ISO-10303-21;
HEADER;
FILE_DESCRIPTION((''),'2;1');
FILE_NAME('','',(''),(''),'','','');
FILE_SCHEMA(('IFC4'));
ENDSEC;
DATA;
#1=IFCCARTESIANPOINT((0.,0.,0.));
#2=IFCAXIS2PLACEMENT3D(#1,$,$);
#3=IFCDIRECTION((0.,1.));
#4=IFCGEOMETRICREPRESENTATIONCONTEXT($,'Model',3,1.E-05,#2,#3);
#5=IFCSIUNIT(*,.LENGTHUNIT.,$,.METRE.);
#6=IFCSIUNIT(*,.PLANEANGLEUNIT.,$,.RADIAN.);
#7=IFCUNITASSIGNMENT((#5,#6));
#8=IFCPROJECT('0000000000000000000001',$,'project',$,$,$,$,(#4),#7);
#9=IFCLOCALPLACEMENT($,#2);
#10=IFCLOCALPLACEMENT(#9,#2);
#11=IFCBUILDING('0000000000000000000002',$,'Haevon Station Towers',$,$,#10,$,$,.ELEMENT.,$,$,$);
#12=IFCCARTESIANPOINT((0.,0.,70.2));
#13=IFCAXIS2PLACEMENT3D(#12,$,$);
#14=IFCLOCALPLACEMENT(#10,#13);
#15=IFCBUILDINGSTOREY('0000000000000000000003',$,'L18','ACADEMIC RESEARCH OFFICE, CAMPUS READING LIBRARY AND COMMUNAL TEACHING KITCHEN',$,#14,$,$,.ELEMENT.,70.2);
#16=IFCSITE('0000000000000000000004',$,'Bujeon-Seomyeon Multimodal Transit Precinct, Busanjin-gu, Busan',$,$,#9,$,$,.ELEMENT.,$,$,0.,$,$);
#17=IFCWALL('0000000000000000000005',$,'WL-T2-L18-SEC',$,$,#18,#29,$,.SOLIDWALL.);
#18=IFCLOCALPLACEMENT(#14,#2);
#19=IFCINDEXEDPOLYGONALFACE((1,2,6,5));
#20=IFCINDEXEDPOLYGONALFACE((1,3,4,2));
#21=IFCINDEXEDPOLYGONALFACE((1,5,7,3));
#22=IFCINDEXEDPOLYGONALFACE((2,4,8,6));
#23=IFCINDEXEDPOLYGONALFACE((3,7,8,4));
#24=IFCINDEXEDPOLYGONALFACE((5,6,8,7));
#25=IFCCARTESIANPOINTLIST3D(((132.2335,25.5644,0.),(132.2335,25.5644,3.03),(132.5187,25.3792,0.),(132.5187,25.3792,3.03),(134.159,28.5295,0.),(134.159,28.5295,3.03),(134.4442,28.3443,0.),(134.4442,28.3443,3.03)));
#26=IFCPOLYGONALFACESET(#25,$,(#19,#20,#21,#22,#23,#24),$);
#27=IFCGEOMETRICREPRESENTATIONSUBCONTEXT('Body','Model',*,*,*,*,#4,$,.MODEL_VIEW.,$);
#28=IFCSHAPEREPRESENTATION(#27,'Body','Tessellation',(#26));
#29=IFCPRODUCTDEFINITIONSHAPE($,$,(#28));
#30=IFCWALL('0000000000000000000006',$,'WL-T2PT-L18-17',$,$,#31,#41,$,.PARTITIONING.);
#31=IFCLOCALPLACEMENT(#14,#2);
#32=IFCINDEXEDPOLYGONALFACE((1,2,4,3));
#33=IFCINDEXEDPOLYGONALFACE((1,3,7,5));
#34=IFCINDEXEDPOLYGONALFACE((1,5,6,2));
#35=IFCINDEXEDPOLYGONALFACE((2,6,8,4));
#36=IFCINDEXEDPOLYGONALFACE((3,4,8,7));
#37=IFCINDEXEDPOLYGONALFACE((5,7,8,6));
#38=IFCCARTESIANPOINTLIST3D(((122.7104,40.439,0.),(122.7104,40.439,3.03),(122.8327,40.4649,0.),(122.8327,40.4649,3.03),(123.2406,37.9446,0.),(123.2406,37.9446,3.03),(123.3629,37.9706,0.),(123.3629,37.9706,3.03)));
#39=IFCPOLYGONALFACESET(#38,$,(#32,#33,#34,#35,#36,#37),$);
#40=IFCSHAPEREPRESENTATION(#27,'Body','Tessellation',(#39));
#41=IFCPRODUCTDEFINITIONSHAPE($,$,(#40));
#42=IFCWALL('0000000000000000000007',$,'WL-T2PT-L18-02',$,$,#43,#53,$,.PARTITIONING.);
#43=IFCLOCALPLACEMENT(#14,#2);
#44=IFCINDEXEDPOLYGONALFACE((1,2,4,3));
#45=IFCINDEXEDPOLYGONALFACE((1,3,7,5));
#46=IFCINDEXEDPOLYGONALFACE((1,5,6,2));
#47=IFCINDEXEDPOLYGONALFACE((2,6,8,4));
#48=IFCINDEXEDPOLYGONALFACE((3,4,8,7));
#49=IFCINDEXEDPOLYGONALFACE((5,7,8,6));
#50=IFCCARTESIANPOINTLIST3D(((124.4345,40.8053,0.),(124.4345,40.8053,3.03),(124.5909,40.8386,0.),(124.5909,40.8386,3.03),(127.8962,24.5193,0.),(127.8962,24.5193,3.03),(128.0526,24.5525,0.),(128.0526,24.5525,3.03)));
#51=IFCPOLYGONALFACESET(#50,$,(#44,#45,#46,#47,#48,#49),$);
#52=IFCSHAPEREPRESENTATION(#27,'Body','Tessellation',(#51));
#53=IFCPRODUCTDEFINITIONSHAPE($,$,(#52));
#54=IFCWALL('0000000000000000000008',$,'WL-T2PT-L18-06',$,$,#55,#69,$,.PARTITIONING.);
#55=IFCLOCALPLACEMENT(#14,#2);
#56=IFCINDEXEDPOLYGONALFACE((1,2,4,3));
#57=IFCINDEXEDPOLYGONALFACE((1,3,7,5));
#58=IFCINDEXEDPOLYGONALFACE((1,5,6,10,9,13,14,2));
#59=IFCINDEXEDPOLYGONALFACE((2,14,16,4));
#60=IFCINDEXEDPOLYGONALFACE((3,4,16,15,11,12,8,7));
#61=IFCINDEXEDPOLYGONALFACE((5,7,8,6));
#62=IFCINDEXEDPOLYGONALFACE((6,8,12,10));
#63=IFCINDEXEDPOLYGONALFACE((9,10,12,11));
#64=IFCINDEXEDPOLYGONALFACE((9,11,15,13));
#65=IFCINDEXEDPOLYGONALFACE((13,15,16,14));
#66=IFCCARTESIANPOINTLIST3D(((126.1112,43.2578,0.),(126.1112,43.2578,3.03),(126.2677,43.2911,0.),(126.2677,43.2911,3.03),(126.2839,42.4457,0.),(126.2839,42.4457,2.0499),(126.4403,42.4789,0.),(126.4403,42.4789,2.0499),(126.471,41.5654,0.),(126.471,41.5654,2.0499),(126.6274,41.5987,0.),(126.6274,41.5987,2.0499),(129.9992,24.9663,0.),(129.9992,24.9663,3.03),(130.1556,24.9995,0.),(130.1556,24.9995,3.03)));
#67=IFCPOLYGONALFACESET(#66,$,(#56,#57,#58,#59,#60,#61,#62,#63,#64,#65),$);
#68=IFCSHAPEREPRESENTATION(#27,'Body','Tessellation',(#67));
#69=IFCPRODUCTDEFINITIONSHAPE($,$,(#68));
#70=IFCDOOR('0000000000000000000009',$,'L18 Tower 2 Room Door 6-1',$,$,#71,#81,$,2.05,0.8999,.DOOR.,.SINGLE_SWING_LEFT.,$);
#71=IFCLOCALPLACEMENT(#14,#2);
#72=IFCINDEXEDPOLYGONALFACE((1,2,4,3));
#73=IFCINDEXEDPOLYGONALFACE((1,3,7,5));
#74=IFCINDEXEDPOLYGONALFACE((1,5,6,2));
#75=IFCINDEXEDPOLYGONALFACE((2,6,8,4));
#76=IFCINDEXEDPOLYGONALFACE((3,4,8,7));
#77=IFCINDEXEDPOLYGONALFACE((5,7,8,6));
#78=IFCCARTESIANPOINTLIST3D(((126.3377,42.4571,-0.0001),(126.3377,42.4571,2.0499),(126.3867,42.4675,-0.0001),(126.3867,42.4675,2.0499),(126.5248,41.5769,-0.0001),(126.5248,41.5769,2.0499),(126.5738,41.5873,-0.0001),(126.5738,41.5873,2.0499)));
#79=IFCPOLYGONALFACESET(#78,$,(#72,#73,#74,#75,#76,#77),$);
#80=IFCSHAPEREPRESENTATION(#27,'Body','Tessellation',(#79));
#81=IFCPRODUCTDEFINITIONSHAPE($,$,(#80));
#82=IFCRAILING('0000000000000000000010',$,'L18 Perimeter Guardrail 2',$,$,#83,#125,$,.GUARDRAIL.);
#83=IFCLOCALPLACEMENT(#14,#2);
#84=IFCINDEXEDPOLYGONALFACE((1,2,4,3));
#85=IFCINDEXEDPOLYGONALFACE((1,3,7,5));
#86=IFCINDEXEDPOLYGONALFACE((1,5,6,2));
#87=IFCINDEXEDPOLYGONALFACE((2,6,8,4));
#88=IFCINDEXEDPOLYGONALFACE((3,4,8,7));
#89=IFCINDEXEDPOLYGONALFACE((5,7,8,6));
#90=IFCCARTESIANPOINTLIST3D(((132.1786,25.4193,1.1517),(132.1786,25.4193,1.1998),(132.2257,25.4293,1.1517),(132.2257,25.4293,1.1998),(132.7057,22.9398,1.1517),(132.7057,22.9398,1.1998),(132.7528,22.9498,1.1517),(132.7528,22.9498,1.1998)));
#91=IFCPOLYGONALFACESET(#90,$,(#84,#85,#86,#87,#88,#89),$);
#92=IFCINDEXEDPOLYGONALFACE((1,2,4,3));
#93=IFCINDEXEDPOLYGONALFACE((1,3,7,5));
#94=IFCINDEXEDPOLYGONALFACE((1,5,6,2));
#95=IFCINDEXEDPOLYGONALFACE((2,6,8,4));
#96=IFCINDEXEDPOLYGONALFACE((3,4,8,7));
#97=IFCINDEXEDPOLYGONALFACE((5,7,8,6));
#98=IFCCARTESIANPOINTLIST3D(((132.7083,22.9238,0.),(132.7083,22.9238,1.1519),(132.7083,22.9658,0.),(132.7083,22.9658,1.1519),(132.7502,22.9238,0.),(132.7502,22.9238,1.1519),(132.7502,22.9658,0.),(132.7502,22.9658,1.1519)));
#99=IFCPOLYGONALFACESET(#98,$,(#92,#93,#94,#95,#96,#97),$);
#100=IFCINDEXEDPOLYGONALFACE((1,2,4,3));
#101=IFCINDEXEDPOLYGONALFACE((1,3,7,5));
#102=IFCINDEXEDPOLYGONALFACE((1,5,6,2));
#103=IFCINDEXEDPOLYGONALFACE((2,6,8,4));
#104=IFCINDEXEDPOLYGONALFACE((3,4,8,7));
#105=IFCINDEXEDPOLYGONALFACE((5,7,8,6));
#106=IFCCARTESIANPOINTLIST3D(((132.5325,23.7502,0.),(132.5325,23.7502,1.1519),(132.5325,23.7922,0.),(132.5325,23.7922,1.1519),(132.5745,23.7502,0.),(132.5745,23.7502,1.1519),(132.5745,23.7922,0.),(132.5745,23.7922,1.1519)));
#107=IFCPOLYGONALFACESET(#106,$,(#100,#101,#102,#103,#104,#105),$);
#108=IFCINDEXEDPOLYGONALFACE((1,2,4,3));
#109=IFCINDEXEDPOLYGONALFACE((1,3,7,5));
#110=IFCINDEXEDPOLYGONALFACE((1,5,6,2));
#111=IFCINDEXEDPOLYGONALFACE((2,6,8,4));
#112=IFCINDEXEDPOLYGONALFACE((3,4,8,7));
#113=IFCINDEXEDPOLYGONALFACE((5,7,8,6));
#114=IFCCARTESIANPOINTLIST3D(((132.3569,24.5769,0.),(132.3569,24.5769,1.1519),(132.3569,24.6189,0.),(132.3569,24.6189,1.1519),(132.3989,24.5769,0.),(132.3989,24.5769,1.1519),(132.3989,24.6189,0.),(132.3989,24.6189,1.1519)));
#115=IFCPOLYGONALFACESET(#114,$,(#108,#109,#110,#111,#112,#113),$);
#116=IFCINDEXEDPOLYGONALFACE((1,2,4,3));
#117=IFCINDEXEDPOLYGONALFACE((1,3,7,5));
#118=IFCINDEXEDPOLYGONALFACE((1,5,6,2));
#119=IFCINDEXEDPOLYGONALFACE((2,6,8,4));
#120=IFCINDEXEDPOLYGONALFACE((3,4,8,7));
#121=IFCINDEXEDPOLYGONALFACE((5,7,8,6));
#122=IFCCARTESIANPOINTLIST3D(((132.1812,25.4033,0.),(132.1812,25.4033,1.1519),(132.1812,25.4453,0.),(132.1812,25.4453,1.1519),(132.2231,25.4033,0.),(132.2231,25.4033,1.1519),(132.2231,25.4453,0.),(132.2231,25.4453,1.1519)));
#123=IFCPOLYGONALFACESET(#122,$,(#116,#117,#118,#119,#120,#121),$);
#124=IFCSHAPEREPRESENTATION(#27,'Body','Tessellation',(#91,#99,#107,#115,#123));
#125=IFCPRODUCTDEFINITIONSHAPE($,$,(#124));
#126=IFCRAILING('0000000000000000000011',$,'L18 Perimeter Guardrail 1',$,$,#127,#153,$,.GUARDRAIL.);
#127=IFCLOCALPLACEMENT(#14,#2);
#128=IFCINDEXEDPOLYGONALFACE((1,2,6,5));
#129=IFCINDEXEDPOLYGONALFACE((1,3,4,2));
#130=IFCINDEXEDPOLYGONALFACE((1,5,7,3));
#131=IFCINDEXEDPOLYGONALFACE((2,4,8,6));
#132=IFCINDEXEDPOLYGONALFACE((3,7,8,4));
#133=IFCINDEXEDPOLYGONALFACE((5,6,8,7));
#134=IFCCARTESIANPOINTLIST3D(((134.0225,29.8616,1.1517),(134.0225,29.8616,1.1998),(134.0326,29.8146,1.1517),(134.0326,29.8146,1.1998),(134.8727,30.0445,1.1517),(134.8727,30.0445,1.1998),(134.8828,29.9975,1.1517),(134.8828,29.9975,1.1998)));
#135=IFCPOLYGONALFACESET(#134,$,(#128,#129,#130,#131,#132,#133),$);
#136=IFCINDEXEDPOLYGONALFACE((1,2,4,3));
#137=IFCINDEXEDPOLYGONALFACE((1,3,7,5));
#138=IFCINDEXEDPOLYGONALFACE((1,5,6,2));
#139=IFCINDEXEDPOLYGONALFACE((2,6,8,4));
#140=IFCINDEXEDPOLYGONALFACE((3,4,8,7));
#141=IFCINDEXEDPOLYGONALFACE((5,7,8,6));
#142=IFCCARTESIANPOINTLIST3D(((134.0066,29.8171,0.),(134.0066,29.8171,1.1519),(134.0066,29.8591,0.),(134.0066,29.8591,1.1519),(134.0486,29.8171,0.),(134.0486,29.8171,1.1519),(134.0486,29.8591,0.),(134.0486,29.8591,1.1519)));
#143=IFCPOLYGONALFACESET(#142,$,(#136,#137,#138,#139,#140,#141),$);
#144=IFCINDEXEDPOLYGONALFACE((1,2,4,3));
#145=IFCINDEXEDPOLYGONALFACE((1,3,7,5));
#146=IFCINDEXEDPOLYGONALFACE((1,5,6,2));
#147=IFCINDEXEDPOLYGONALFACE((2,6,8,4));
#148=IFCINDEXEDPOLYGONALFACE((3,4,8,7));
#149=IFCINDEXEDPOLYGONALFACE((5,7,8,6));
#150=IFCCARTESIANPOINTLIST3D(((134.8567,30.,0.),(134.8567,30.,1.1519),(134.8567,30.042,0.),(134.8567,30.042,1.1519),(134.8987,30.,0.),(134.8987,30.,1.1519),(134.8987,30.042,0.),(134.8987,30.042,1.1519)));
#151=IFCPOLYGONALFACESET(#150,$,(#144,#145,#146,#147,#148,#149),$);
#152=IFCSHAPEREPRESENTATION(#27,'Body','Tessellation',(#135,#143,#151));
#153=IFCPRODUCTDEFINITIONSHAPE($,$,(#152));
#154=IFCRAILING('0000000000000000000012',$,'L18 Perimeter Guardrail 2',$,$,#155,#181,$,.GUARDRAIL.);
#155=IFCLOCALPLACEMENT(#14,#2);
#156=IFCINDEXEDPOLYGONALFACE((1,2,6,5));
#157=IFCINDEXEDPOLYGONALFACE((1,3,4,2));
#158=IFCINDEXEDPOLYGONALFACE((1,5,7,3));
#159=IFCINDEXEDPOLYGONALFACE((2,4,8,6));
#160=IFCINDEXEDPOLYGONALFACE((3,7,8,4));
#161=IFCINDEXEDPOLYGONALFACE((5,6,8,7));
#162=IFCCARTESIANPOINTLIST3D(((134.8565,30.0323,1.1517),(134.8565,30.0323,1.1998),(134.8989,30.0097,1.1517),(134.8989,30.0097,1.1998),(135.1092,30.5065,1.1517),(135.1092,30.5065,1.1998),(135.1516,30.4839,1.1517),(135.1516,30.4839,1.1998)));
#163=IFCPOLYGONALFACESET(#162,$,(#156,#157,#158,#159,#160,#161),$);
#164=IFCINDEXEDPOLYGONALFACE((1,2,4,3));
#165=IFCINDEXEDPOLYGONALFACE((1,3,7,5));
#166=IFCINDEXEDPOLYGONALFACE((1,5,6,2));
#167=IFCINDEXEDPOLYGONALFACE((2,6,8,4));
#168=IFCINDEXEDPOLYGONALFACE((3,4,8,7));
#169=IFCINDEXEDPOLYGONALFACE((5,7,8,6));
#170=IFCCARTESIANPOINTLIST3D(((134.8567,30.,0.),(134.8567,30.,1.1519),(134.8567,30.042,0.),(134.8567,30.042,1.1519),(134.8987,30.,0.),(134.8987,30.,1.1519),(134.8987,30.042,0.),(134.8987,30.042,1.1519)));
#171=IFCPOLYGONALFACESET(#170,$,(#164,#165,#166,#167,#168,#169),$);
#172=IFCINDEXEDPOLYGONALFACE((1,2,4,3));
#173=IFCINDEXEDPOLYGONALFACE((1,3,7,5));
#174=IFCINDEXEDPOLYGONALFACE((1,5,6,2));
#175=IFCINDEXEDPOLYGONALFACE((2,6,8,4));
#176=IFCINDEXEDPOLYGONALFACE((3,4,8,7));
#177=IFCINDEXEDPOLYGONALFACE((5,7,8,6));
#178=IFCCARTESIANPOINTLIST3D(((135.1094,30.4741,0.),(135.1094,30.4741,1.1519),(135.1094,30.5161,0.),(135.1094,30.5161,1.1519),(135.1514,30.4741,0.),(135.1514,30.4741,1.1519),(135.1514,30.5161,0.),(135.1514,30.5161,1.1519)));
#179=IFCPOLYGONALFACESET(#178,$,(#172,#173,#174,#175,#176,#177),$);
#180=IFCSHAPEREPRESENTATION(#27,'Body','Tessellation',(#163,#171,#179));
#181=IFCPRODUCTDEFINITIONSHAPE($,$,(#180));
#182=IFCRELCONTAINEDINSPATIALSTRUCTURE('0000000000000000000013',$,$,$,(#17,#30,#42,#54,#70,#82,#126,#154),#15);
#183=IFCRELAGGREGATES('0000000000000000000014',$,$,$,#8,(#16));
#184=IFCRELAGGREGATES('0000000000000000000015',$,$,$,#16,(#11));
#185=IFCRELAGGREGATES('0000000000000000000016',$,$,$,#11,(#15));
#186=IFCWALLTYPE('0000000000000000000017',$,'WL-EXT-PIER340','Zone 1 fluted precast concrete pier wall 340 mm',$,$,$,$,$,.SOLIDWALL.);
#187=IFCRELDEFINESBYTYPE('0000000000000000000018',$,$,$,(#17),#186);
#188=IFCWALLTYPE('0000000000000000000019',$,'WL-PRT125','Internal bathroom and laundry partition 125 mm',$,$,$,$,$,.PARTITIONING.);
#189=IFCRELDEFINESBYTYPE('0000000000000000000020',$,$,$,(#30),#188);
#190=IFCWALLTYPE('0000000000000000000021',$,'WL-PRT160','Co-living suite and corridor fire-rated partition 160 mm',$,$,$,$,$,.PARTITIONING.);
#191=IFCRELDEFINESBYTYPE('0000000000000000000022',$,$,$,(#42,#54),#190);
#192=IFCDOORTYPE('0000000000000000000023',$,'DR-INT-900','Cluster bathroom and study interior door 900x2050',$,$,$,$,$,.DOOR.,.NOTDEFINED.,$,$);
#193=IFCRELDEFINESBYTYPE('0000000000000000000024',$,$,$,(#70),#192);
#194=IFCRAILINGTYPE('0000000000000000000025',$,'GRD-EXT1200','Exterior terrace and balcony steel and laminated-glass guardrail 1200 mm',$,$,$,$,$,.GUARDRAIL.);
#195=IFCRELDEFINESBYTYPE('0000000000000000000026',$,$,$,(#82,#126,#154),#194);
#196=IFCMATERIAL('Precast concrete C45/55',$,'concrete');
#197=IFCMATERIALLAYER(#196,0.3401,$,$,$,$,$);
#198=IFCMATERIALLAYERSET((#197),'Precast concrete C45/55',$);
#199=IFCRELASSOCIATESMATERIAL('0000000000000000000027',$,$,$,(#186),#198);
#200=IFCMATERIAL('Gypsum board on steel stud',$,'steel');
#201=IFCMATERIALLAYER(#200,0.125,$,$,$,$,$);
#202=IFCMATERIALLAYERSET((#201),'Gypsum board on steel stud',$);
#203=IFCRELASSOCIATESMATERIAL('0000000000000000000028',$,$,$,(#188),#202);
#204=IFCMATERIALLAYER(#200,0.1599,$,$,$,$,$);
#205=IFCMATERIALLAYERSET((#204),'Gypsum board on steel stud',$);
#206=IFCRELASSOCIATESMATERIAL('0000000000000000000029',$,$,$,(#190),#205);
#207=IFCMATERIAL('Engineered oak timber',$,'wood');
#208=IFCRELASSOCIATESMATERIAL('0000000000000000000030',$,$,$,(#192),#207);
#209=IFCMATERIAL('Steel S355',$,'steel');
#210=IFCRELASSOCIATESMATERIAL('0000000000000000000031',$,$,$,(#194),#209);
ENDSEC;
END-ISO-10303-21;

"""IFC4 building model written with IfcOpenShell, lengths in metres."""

from ifc_helpers import new_model, si_unit, direction, frame, frame_2d, origin, origin_2d, place, context, subcontext, project, spatial, rectangle, extrude, material, layer, layer_set, type_object, element, fill, save


model = new_model("IFC4")

# Units and contexts
model_context = context("Model", 3, precision=1e-05, world=origin(), true_north=direction((0.0, 1.0)))
body_context = subcontext(model_context, "Body", "Model", "MODEL_VIEW")
ifc_project = project(units=[si_unit("LENGTHUNIT", "METRE"), si_unit("PLANEANGLEUNIT", "RADIAN")], contexts=[model_context])

# Site, building, storey
site_placement = place(None, origin())
site = spatial("IfcSite", under=ifc_project, at=site_placement, Name="Bujeon-Seomyeon Multimodal Transit Precinct, Busanjin-gu, Busan", CompositionType="ELEMENT", RefElevation=0.0)
building_placement = place(site_placement, origin())
building = spatial("IfcBuilding", under=site, at=building_placement, Name="Haevon Station Towers", CompositionType="ELEMENT")
storey_placement = place(building_placement, frame((0.0, 0.0, 70.2)))
storey = spatial("IfcBuildingStorey", under=building, at=storey_placement, Name="L18", Description="ACADEMIC RESEARCH OFFICE, CAMPUS READING LIBRARY AND COMMUNAL TEACHING KITCHEN", CompositionType="ELEMENT", Elevation=70.2)

# Shared definitions
ifc_material_1 = material(Name="Steel S355", Category="steel")

# Shared definitions
ifc_material_2 = material(Name="Precast concrete C45/55", Category="concrete")
ifc_layer_1 = layer(ifc_material_2, 0.3401)
ifc_layer_set_1 = layer_set([ifc_layer_1], Name="Precast concrete C45/55")
wall_type_1 = type_object("IfcWallType", Name="WL-EXT-PIER340", Description="Zone 1 fluted precast concrete pier wall 340 mm", PredefinedType="SOLIDWALL", material=ifc_layer_set_1)

# Walls
wall_1_placement = place(storey_placement, frame((134.3015, 28.4368, 0.0), z_axis=(0.0, 0.0, 1.0), x_axis=(-0.544636, -0.838672, 0.0)))
element("IfcWall", 1, at=wall_1_placement, inside=storey, type_object=wall_type_1, Name="WL-T2-L18-SEC", PredefinedType="SOLIDWALL", context=body_context, shape_type="SweptSolid", body=[
    extrude(rectangle(XDim=3.5354, YDim=0.3401, at=frame_2d((1.7676, 0.0))), origin(), (0.0, 0.0, 1.0), 3.03),
])
ifc_material_3 = material(Name="Gypsum board on steel stud", Category="steel")
ifc_layer_2 = layer(ifc_material_3, 0.125)
ifc_layer_set_2 = layer_set([ifc_layer_2], Name="Gypsum board on steel stud")
wall_type_2 = type_object("IfcWallType", Name="WL-PRT125", Description="Internal bathroom and laundry partition 125 mm", PredefinedType="PARTITIONING", material=ifc_layer_set_2)
wall_2_placement = place(storey_placement, frame((123.3018, 37.9578, 0.0), z_axis=(0.0, 0.0, 1.0), x_axis=(-0.20794, 0.978142, 0.0)))
element("IfcWall", 2, at=wall_2_placement, inside=storey, type_object=wall_type_2, Name="WL-T2PT-L18-17", PredefinedType="PARTITIONING", context=body_context, shape_type="SweptSolid", body=[
    extrude(rectangle(XDim=2.55, YDim=0.125, at=frame_2d((1.2749, 0.0))), origin(), (0.0, 0.0, 1.0), 3.03),
])
ifc_layer_3 = layer(ifc_material_3, 0.1599)
ifc_layer_set_3 = layer_set([ifc_layer_3], Name="Gypsum board on steel stud")
wall_type_3 = type_object("IfcWallType", Name="WL-PRT160", Description="Co-living suite and corridor fire-rated partition 160 mm", PredefinedType="PARTITIONING", material=ifc_layer_set_3)
wall_3_placement = place(storey_placement, frame((127.9744, 24.5359, 0.0), z_axis=(0.0, 0.0, 1.0), x_axis=(-0.207909, 0.978148, 0.0)))
element("IfcWall", 3, at=wall_3_placement, inside=storey, type_object=wall_type_3, Name="WL-T2PT-L18-02", PredefinedType="PARTITIONING", context=body_context, shape_type="SweptSolid", body=[
    extrude(rectangle(XDim=16.6499, YDim=0.1599, at=frame_2d((8.325, 0.0))), origin(), (0.0, 0.0, 1.0), 3.03),
])

# Wall, opening, door
wall_4_placement = place(storey_placement, frame((130.0774, 24.9829, 0.0), z_axis=(0.0, 0.0, 1.0), x_axis=(-0.20791, 0.978148, 0.0)))
wall_4 = element("IfcWall", 4, at=wall_4_placement, inside=storey, type_object=wall_type_3, Name="WL-T2PT-L18-06", PredefinedType="PARTITIONING", context=body_context, shape_type="SweptSolid", body=[
    extrude(rectangle(XDim=18.7002, YDim=0.1599, at=frame_2d((9.3501, 0.0))), origin(), (0.0, 0.0, 1.0), 3.03),
])
opening_1_placement = place(wall_4_placement, frame((16.97, 0.0, 0.0)))
opening_1 = element("IfcOpeningElement", 5, at=opening_1_placement, cuts=wall_4, PredefinedType="OPENING", context=body_context, shape_type="SweptSolid", body=[
    extrude(rectangle(XDim=0.8999, YDim=2.05, at=frame_2d((0.45, 1.0249))), frame((0.0, 0.0898, 0.0), z_axis=(0.0, -1.0, 0.0), x_axis=(1.0, 0.0, 0.0)), (0.0, 0.0, 1.0), 0.1799),
])
ifc_material_4 = material(Name="Engineered oak timber", Category="wood")
door_type_1 = type_object("IfcDoorType", Name="DR-INT-900", Description="Cluster bathroom and study interior door 900x2050", OperationType="NOTDEFINED", PredefinedType="DOOR", material=ifc_material_4)
door_1_placement = place(opening_1_placement, origin())
door_1 = element("IfcDoor", 6, at=door_1_placement, inside=storey, type_object=door_type_1, Name="L18 Tower 2 Room Door 6-1", OperationType="SINGLE_SWING_LEFT", OverallHeight=2.05, OverallWidth=0.8999, PredefinedType="DOOR", context=body_context, shape_type="SweptSolid", body=[
    extrude(rectangle(XDim=0.8999, YDim=2.05, at=frame_2d((0.45, 1.0249))), frame((0.0, 0.0249, 0.0), z_axis=(0.0, -1.0, 0.0), x_axis=(1.0, 0.0, 0.0)), (0.0, 0.0, 1.0), 0.05),
])
fill(opening_1, door_1)

# Railings
railing_type = type_object("IfcRailingType", Name="GRD-EXT1200", Description="Exterior terrace and balcony steel and laminated-glass guardrail 1200 mm", PredefinedType="GUARDRAIL", material=ifc_material_1)
railing_1_placement = place(storey_placement, frame((132.7292, 22.9448, 0.0)))
element("IfcRailing", 7, at=railing_1_placement, inside=storey, type_object=railing_type, Name="L18 Perimeter Guardrail 2", PredefinedType="GUARDRAIL", context=body_context, shape_type="SweptSolid", body=[
    extrude(rectangle(XDim=0.0481, YDim=0.0481, at=origin_2d()), frame((0.0, 0.0, 1.1758), z_axis=(-0.207937, 0.978142, 0.0), x_axis=(-0.978142, -0.207937, 0.0)), (0.0, 0.0, 1.0), 2.5349),
    extrude(rectangle(XDim=0.042, YDim=0.042, at=origin_2d()), origin(), (0.0, 0.0, 1.0), 1.1519),
    extrude(rectangle(XDim=0.042, YDim=0.042, at=origin_2d()), frame((-0.1758, 0.8264, 0.0)), (0.0, 0.0, 1.0), 1.1519),
    extrude(rectangle(XDim=0.042, YDim=0.042, at=origin_2d()), frame((-0.3513, 1.6531, 0.0)), (0.0, 0.0, 1.0), 1.1519),
    extrude(rectangle(XDim=0.042, YDim=0.042, at=origin_2d()), frame((-0.5271, 2.4795, 0.0)), (0.0, 0.0, 1.0), 1.1519),
])
railing_2_placement = place(storey_placement, frame((134.0276, 29.8381, 0.0)))
element("IfcRailing", 8, at=railing_2_placement, inside=storey, type_object=railing_type, Name="L18 Perimeter Guardrail 1", PredefinedType="GUARDRAIL", context=body_context, shape_type="SweptSolid", body=[
    extrude(rectangle(XDim=0.0481, YDim=0.0481, at=origin_2d()), frame((0.0, 0.0, 1.1758), z_axis=(0.977638, 0.210296, 0.0), x_axis=(-0.210296, 0.977638, 0.0)), (0.0, 0.0, 1.0), 0.8696),
    extrude(rectangle(XDim=0.042, YDim=0.042, at=origin_2d()), origin(), (0.0, 0.0, 1.0), 1.1519),
    extrude(rectangle(XDim=0.042, YDim=0.042, at=origin_2d()), frame((0.8501, 0.1829, 0.0)), (0.0, 0.0, 1.0), 1.1519),
])
railing_3_placement = place(storey_placement, frame((134.8777, 30.021, 0.0)))
element("IfcRailing", 9, at=railing_3_placement, inside=storey, type_object=railing_type, Name="L18 Perimeter Guardrail 2", PredefinedType="GUARDRAIL", context=body_context, shape_type="SweptSolid", body=[
    extrude(rectangle(XDim=0.0481, YDim=0.0481, at=origin_2d()), frame((0.0, 0.0, 1.1758), z_axis=(0.470329, 0.882491, 0.0), x_axis=(-0.882491, 0.470329, 0.0)), (0.0, 0.0, 1.0), 0.5374),
    extrude(rectangle(XDim=0.042, YDim=0.042, at=origin_2d()), origin(), (0.0, 0.0, 1.0), 1.1519),
    extrude(rectangle(XDim=0.042, YDim=0.042, at=origin_2d()), frame((0.2527, 0.4741, 0.0)), (0.0, 0.0, 1.0), 1.1519),
])

save(model, "model.ifc")
